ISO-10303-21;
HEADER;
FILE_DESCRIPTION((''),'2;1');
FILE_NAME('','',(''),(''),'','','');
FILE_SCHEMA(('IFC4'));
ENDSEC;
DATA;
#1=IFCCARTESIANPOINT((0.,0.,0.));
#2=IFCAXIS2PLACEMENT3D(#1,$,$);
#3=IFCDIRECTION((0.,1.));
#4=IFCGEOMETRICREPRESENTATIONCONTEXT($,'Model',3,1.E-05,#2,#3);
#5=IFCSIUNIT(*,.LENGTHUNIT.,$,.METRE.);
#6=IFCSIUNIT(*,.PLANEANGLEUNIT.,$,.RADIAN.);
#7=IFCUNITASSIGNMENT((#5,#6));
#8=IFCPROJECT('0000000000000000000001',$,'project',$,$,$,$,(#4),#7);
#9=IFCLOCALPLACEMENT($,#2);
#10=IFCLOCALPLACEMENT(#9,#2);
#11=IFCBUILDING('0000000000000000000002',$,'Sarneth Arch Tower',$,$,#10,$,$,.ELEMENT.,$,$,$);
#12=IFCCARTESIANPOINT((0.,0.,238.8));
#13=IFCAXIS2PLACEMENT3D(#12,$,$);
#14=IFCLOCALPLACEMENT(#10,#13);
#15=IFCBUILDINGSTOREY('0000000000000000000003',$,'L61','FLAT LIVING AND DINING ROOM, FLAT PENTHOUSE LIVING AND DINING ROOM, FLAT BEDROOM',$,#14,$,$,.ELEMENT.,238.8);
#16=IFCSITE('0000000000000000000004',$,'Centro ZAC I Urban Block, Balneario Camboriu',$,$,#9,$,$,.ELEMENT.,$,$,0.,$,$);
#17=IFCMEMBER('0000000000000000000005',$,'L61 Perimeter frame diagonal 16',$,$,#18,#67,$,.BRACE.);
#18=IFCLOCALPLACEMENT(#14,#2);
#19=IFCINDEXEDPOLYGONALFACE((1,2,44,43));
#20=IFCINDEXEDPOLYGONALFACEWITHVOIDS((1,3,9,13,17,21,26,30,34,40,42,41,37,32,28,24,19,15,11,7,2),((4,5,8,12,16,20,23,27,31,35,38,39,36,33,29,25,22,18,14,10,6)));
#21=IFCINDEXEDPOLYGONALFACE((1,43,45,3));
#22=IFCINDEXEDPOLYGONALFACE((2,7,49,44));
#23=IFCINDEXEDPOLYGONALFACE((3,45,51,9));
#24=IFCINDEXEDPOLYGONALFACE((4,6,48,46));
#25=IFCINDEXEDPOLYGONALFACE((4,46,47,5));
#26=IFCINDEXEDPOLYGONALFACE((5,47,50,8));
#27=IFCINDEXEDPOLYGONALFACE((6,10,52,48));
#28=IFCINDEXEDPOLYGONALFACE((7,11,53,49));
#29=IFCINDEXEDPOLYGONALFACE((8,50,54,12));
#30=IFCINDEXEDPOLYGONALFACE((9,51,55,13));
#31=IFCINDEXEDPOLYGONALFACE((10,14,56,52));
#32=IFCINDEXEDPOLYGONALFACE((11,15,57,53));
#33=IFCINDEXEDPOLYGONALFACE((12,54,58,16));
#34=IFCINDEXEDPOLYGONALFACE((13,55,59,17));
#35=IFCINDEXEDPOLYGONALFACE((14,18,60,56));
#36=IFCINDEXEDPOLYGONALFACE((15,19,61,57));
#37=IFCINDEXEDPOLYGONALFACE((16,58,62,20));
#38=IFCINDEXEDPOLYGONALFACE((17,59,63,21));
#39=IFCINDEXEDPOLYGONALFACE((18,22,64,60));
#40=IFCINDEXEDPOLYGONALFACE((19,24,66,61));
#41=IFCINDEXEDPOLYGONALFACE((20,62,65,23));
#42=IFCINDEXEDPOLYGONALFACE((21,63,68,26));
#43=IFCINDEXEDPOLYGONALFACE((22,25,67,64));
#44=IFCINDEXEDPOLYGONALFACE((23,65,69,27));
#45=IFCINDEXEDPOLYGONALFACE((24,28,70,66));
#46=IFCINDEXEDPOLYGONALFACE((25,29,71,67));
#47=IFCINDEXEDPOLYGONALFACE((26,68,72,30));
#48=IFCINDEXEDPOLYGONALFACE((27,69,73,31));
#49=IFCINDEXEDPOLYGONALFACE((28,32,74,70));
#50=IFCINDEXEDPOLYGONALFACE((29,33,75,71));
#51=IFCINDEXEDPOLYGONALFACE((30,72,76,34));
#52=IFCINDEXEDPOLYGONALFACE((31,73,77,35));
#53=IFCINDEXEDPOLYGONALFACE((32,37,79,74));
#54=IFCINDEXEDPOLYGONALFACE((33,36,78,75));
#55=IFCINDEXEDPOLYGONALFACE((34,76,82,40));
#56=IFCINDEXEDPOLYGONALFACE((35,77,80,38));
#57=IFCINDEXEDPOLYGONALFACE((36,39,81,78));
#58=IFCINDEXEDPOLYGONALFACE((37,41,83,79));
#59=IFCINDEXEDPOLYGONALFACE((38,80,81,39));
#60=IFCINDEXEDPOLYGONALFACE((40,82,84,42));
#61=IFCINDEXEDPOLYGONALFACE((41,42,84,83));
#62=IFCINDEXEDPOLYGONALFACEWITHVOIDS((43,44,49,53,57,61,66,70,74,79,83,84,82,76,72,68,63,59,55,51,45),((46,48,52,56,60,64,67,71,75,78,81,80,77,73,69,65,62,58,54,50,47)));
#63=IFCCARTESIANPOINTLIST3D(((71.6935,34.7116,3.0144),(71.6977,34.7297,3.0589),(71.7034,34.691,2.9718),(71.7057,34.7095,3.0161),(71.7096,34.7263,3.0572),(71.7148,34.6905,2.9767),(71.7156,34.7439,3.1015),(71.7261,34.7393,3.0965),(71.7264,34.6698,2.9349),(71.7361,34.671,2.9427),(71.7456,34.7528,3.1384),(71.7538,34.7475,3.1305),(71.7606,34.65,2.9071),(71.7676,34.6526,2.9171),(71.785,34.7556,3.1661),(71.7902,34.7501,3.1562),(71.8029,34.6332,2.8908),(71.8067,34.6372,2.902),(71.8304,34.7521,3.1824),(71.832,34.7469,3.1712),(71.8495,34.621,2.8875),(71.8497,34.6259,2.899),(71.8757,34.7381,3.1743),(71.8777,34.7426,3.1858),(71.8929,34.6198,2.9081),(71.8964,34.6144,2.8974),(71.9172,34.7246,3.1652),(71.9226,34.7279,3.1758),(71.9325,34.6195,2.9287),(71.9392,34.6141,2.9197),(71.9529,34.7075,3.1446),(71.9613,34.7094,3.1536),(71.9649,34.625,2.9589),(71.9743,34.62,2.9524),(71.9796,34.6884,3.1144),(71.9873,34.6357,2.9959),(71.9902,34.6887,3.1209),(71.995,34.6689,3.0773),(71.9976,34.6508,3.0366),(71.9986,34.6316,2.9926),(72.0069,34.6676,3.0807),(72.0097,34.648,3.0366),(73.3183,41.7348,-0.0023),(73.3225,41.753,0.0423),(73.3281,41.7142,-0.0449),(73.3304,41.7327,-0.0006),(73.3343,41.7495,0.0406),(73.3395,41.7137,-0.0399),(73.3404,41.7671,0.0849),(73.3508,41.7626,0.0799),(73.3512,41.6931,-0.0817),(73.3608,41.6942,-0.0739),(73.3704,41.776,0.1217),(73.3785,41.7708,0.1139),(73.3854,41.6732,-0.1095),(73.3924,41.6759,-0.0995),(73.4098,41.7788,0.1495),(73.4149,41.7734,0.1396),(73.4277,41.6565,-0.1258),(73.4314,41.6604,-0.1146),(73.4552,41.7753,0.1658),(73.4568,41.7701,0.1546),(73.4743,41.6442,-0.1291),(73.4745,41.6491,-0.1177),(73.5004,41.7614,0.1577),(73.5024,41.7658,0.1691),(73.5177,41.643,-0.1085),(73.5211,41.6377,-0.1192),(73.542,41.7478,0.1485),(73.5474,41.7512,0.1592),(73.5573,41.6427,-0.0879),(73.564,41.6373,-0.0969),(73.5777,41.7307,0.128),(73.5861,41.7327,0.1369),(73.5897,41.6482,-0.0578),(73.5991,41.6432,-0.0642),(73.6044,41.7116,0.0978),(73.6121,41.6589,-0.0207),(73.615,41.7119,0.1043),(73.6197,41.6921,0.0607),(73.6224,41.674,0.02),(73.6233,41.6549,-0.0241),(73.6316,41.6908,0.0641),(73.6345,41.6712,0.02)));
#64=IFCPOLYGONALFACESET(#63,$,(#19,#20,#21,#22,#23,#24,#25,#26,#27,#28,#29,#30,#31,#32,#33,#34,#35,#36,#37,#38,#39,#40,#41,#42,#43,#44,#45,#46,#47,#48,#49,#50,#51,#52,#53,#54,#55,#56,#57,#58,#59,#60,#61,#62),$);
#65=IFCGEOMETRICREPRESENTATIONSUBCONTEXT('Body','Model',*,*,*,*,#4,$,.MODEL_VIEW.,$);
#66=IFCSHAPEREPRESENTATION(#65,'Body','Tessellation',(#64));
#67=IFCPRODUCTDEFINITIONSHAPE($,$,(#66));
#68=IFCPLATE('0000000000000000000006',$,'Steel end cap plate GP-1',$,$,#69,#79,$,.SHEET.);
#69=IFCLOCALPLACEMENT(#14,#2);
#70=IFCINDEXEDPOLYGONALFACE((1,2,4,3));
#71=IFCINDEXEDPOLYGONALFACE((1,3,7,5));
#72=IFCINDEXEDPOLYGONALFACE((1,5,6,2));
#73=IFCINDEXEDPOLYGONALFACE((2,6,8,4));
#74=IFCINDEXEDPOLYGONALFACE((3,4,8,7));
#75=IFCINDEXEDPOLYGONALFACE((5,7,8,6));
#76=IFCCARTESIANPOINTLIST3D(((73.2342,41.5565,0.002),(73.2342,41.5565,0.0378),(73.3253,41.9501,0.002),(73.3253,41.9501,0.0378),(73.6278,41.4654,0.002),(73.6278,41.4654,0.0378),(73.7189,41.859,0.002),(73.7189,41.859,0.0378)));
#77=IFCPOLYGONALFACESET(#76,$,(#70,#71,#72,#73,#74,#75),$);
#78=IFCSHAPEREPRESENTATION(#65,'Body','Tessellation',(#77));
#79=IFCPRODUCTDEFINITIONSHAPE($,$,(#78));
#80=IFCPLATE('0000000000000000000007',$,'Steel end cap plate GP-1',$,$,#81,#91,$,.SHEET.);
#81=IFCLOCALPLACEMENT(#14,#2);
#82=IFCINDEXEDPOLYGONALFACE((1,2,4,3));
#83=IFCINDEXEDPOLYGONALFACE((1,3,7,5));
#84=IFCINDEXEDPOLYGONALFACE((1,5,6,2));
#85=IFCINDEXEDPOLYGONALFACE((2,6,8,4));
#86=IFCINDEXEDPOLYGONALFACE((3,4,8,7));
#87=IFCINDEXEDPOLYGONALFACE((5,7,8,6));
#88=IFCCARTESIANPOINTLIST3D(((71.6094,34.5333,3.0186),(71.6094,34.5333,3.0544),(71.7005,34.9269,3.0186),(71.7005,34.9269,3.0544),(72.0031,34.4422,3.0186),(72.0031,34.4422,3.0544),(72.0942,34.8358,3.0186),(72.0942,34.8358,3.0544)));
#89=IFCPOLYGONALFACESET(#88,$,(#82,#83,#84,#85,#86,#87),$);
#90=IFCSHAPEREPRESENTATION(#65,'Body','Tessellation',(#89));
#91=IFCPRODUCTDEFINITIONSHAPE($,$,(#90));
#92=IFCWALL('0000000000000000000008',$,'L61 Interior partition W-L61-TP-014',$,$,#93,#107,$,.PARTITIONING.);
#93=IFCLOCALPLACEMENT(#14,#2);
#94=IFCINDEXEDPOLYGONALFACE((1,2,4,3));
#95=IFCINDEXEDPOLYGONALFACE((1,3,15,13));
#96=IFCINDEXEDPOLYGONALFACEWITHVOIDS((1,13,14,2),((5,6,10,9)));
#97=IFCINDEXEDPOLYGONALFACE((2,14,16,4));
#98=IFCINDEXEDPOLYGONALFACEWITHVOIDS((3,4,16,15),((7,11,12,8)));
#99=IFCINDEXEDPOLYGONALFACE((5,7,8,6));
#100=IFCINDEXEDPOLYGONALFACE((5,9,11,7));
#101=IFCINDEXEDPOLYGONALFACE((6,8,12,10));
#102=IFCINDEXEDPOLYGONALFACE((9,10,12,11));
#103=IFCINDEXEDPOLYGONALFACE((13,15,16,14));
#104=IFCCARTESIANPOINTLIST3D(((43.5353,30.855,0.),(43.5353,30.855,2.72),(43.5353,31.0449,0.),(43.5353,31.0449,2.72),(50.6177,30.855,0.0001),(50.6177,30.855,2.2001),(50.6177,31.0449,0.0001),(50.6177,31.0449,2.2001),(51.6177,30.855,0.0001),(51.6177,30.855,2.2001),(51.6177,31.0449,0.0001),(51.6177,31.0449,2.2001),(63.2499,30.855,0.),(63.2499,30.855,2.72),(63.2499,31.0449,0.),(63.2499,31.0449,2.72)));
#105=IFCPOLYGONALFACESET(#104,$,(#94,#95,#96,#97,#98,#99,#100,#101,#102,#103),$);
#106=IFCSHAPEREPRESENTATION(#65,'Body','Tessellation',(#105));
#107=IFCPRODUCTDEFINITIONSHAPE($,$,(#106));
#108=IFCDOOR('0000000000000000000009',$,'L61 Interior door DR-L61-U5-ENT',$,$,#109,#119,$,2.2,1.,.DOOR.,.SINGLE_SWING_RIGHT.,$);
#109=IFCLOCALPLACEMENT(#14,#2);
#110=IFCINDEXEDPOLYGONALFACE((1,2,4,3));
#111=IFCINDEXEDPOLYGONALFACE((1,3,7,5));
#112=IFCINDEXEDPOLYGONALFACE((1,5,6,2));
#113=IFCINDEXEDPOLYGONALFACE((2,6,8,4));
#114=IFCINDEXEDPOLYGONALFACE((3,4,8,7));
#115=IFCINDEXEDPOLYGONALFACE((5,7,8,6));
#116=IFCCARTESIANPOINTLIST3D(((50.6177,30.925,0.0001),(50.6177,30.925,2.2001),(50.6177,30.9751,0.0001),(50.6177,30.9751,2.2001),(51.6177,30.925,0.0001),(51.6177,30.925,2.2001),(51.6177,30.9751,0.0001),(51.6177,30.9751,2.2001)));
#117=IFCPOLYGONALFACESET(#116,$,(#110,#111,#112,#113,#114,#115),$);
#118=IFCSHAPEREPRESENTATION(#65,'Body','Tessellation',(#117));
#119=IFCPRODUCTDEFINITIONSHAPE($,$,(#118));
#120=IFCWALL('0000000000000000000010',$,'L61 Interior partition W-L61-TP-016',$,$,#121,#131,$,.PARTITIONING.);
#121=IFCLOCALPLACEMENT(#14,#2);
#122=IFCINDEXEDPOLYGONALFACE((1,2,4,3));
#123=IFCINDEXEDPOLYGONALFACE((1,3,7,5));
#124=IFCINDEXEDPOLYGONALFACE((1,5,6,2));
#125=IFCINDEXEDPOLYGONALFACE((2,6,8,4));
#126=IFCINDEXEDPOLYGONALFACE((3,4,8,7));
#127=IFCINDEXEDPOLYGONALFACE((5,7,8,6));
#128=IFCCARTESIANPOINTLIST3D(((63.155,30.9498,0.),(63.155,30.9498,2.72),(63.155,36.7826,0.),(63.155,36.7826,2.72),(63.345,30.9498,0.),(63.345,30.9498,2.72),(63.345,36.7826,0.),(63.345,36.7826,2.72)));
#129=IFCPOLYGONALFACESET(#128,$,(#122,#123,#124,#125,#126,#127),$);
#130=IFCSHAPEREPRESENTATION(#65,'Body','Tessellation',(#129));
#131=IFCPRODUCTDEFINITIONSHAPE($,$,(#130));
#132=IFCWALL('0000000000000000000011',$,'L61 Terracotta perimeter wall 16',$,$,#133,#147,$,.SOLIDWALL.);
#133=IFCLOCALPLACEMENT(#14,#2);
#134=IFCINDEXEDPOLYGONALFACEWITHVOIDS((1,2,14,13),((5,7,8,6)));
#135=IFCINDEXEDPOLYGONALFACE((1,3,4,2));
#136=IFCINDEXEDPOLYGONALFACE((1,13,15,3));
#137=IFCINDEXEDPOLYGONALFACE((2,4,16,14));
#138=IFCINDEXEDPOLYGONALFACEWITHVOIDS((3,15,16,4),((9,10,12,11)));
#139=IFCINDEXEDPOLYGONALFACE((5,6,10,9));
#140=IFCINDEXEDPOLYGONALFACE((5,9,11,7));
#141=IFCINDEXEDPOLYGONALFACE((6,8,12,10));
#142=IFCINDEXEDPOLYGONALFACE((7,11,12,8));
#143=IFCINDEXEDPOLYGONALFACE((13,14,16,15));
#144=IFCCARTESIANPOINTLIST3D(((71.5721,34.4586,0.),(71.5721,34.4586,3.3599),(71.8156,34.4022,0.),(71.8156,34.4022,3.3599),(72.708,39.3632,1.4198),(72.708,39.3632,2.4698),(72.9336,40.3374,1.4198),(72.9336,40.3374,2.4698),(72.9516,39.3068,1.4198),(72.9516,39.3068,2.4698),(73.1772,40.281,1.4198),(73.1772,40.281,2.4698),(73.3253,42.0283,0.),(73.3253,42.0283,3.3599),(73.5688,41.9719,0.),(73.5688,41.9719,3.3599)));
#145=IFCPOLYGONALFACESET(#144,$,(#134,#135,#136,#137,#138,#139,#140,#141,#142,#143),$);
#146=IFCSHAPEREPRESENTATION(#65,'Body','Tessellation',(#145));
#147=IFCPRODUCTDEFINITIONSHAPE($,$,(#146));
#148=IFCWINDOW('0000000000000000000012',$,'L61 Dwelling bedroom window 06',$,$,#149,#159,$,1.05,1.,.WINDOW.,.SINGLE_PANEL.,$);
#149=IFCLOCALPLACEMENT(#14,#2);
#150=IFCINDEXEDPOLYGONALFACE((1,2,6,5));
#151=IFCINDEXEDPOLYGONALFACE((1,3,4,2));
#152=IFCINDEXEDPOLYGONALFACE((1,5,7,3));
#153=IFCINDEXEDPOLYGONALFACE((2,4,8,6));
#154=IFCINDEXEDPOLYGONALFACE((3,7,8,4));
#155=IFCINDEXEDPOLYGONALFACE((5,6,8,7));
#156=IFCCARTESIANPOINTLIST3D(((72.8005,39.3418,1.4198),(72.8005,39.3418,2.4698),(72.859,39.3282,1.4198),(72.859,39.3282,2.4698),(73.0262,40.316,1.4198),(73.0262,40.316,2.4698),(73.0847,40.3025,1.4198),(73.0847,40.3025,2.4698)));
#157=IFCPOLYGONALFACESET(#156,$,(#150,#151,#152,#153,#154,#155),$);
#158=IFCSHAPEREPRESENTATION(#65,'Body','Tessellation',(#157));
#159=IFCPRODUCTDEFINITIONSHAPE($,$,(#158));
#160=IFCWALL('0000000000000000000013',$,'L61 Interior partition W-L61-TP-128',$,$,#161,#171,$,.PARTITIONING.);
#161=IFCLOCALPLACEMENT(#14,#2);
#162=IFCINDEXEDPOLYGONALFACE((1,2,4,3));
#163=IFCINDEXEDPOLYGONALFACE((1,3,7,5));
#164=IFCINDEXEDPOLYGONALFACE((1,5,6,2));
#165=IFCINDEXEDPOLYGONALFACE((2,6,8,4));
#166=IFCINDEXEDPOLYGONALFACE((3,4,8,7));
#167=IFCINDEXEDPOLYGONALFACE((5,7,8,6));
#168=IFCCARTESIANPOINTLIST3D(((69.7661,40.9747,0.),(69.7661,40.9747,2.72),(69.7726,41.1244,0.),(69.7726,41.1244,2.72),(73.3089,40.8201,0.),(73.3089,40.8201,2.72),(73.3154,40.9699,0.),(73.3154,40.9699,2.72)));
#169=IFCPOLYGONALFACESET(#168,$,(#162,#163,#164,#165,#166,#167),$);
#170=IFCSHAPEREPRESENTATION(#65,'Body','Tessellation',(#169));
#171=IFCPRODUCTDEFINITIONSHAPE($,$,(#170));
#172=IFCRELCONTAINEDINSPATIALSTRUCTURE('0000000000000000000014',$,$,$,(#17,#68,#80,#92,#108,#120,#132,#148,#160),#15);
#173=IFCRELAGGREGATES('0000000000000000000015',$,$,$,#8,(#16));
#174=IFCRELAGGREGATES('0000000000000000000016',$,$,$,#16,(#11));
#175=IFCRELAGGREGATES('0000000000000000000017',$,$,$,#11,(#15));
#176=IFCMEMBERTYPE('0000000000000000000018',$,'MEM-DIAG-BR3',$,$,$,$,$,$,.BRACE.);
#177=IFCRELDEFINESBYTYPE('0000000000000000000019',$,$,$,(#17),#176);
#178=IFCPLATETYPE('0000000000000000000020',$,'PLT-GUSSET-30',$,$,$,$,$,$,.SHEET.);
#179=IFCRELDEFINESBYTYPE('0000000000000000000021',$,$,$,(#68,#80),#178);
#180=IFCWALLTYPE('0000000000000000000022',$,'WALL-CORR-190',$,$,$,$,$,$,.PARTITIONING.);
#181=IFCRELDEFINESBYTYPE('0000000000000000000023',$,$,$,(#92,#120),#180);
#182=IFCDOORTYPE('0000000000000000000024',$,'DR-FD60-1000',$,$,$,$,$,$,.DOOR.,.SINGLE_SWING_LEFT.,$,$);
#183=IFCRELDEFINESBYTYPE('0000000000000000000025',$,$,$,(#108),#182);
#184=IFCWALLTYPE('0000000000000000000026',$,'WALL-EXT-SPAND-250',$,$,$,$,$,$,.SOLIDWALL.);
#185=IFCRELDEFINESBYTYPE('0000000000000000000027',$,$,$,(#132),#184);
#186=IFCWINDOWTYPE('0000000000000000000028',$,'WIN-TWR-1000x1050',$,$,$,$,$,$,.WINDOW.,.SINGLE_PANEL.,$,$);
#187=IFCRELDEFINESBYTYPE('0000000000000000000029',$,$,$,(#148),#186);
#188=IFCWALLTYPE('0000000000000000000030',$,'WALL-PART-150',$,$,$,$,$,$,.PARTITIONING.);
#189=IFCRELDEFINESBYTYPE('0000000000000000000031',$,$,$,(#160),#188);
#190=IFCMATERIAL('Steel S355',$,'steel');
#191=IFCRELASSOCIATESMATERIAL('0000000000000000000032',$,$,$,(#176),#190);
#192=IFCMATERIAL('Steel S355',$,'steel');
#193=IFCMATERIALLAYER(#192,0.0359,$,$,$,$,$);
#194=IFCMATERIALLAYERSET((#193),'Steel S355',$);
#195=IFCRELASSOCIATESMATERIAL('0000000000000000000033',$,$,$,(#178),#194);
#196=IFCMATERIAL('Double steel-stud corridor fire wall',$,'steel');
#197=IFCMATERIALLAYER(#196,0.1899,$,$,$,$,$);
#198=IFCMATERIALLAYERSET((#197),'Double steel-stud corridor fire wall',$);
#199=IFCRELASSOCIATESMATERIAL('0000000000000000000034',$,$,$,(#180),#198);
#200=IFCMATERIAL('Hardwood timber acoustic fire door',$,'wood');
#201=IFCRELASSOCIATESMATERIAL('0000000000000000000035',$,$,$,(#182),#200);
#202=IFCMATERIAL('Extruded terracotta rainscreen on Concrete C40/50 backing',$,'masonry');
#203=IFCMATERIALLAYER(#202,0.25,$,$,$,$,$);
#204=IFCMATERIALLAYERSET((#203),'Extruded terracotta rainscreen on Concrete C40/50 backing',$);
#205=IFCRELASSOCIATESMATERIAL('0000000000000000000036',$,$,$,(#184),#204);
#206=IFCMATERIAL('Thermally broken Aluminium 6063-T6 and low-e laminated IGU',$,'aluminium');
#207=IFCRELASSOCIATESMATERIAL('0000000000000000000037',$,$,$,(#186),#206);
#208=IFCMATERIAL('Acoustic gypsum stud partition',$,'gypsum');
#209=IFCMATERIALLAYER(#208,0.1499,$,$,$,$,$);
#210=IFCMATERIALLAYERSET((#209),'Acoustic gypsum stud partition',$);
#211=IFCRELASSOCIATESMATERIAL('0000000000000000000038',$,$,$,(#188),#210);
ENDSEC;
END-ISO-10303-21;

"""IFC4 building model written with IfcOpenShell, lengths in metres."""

from ifc_helpers import new_model, si_unit, direction, frame, frame_2d, origin, origin_2d, place, context, subcontext, project, spatial, rectangle, hollow_circle, extrude, material, layer, layer_set, material_profile, profile_set, type_object, element, fill, save


model = new_model("IFC4")

# Units and contexts
model_context = context("Model", 3, precision=1e-05, world=origin(), true_north=direction((0.0, 1.0)))
body_context = subcontext(model_context, "Body", "Model", "MODEL_VIEW")
ifc_project = project(units=[si_unit("LENGTHUNIT", "METRE"), si_unit("PLANEANGLEUNIT", "RADIAN")], contexts=[model_context])

# Site, building, storey
site_placement = place(None, origin())
site = spatial("IfcSite", under=ifc_project, at=site_placement, Name="Centro ZAC I Urban Block, Balneario Camboriu", CompositionType="ELEMENT", RefElevation=0.0)
building_placement = place(site_placement, origin())
building = spatial("IfcBuilding", under=site, at=building_placement, Name="Sarneth Arch Tower", CompositionType="ELEMENT")
storey_placement = place(building_placement, frame((0.0, 0.0, 238.8)))
storey = spatial("IfcBuildingStorey", under=building, at=storey_placement, Name="L61", Description="FLAT LIVING AND DINING ROOM, FLAT PENTHOUSE LIVING AND DINING ROOM, FLAT BEDROOM", CompositionType="ELEMENT", Elevation=238.8)

# Member
ifc_material_1 = material(Name="Steel S355", Category="steel")
ifc_material_profile_1 = material_profile(ifc_material_1, hollow_circle(Radius=0.1621, WallThickness=0.0125, at=origin_2d()), Name="CHS324x12.5")
ifc_profile_set_1 = profile_set([ifc_material_profile_1], Name="Steel S355")
member_type_1 = type_object("IfcMemberType", Name="MEM-DIAG-BR3", PredefinedType="BRACE", material=ifc_profile_set_1)
member_1_placement = place(storey_placement, frame((73.4766, 41.7078, 0.02), z_axis=(-0.207918, -0.898749, 0.386031), x_axis=(0.974269, -0.225389, 0.0)))
element("IfcMember", 1, at=member_1_placement, inside=storey, type_object=member_type_1, Name="L61 Perimeter frame diagonal 16", PredefinedType="BRACE", context=body_context, shape_type="SweptSolid", body=[
    extrude(hollow_circle(Radius=0.1621, WallThickness=0.0125, at=origin_2d()), origin(), (0.0, 0.0, 1.0), 7.8145),
])

# Plates
ifc_material_2 = material(Name="Steel S355", Category="steel")
ifc_layer_1 = layer(ifc_material_2, 0.0359)
ifc_layer_set_1 = layer_set([ifc_layer_1], Name="Steel S355")
plate_type = type_object("IfcPlateType", Name="PLT-GUSSET-30", PredefinedType="SHEET", material=ifc_layer_set_1)
for number, where, z_axis, x_axis, name in (
    (2, (73.4766, 41.7078, 0.002), (0.0, 0.0, 1.0), (0.225461, 0.974252, 0.0), "Steel end cap plate GP-1"),
    (3, (71.8518, 34.6846, 3.0186), (0.0, 0.0, 1.0), (0.225461, 0.974252, 0.0), "Steel end cap plate GP-1"),
):
    element("IfcPlate", number, at=place(storey_placement, frame(where, z_axis=z_axis, x_axis=x_axis)), inside=storey, type_object=plate_type, Name=name, PredefinedType="SHEET", context=body_context, shape_type="SweptSolid", body=[
        extrude(rectangle(XDim=0.4041, YDim=0.4041, at=origin_2d()), origin(), (0.0, 0.0, 1.0), 0.0359),
    ])

# Wall, opening, door
ifc_material_3 = material(Name="Double steel-stud corridor fire wall", Category="steel")
ifc_layer_2 = layer(ifc_material_3, 0.1899)
ifc_layer_set_2 = layer_set([ifc_layer_2], Name="Double steel-stud corridor fire wall")
wall_type_1 = type_object("IfcWallType", Name="WALL-CORR-190", PredefinedType="PARTITIONING", material=ifc_layer_set_2)
wall_1_placement = place(storey_placement, frame((63.25, 30.95, 0.0), z_axis=(0.0, 0.0, 1.0), x_axis=(-1.0, 0.0, 0.0)))
wall_1 = element("IfcWall", 4, at=wall_1_placement, inside=storey, type_object=wall_type_1, Name="L61 Interior partition W-L61-TP-014", PredefinedType="PARTITIONING", context=body_context, shape_type="SweptSolid", body=[
    extrude(rectangle(XDim=19.7146, YDim=0.1899, at=frame_2d((9.8574, 0.0))), origin(), (0.0, 0.0, 1.0), 2.72),
])
opening_1_placement = place(wall_1_placement, frame((11.6323, 0.0, 0.0)))
opening_1 = element("IfcOpeningElement", 5, at=opening_1_placement, cuts=wall_1, PredefinedType="OPENING", context=body_context, shape_type="SweptSolid", body=[
    extrude(rectangle(XDim=1.0, YDim=2.2, at=frame_2d((0.5, 1.1001))), frame((0.0, 0.105, 0.0), z_axis=(0.0, -1.0, 0.0), x_axis=(1.0, 0.0, 0.0)), (0.0, 0.0, 1.0), 0.21),
])
ifc_material_4 = material(Name="Hardwood timber acoustic fire door", Category="wood")
door_type_1 = type_object("IfcDoorType", Name="DR-FD60-1000", OperationType="SINGLE_SWING_LEFT", PredefinedType="DOOR", material=ifc_material_4)
door_1_placement = place(opening_1_placement, origin())
door_1 = element("IfcDoor", 6, at=door_1_placement, inside=storey, type_object=door_type_1, Name="L61 Interior door DR-L61-U5-ENT", OperationType="SINGLE_SWING_RIGHT", OverallHeight=2.2, OverallWidth=1.0, PredefinedType="DOOR", context=body_context, shape_type="SweptSolid", body=[
    extrude(rectangle(XDim=1.0, YDim=2.2, at=frame_2d((0.5, 1.1001))), frame((0.0, 0.0249, 0.0), z_axis=(0.0, -1.0, 0.0), x_axis=(1.0, 0.0, 0.0)), (0.0, 0.0, 1.0), 0.05),
])
fill(opening_1, door_1)

# Wall
wall_2_placement = place(storey_placement, frame((63.25, 36.7827, 0.0), z_axis=(0.0, 0.0, 1.0), x_axis=(0.0, -1.0, 0.0)))
element("IfcWall", 7, at=wall_2_placement, inside=storey, type_object=wall_type_1, Name="L61 Interior partition W-L61-TP-016", PredefinedType="PARTITIONING", context=body_context, shape_type="SweptSolid", body=[
    extrude(rectangle(XDim=5.8328, YDim=0.1899, at=frame_2d((2.9165, 0.0))), origin(), (0.0, 0.0, 1.0), 2.72),
])

# Wall, opening, window
ifc_material_5 = material(Name="Extruded terracotta rainscreen on Concrete C40/50 backing", Category="masonry")
ifc_layer_3 = layer(ifc_material_5, 0.25)
ifc_layer_set_3 = layer_set([ifc_layer_3], Name="Extruded terracotta rainscreen on Concrete C40/50 backing")
wall_type_2 = type_object("IfcWallType", Name="WALL-EXT-SPAND-250", PredefinedType="SOLIDWALL", material=ifc_layer_set_3)
wall_3_placement = place(storey_placement, frame((71.6938, 34.4304, 0.0), z_axis=(0.0, 0.0, 1.0), x_axis=(0.225635, 0.974212, 0.0)))
wall_3 = element("IfcWall", 8, at=wall_3_placement, inside=storey, type_object=wall_type_2, Name="L61 Terracotta perimeter wall 16", PredefinedType="SOLIDWALL", context=body_context, shape_type="SweptSolid", body=[
    extrude(rectangle(XDim=7.77, YDim=0.25, at=frame_2d((3.885, 0.0))), origin(), (0.0, 0.0, 1.0), 3.3599),
])
opening_2_placement = place(wall_3_placement, frame((5.0344, 0.0, 1.4199)))
opening_2 = element("IfcOpeningElement", 9, at=opening_2_placement, cuts=wall_3, PredefinedType="OPENING", context=body_context, shape_type="SweptSolid", body=[
    extrude(rectangle(XDim=1.0, YDim=1.05, at=frame_2d((0.5, 0.5249))), frame((0.0, 0.135, 0.0), z_axis=(0.0, -1.0, 0.0), x_axis=(1.0, 0.0, 0.0)), (0.0, 0.0, 1.0), 0.27),
])
ifc_material_6 = material(Name="Thermally broken Aluminium 6063-T6 and low-e laminated IGU", Category="aluminium")
window_type = type_object("IfcWindowType", Name="WIN-TWR-1000x1050", PartitioningType="SINGLE_PANEL", PredefinedType="WINDOW", material=ifc_material_6)
window_placement = place(opening_2_placement, origin())
window = element("IfcWindow", 10, at=window_placement, inside=storey, type_object=window_type, Name="L61 Dwelling bedroom window 06", OverallHeight=1.05, OverallWidth=1.0, PartitioningType="SINGLE_PANEL", PredefinedType="WINDOW", context=body_context, shape_type="SweptSolid", body=[
    extrude(rectangle(XDim=1.0, YDim=1.05, at=frame_2d((0.5, 0.5249))), frame((0.0, 0.03, 0.0), z_axis=(0.0, -1.0, 0.0), x_axis=(1.0, 0.0, 0.0)), (0.0, 0.0, 1.0), 0.0601),
])
fill(opening_2, window)

# Wall
ifc_material_7 = material(Name="Acoustic gypsum stud partition", Category="gypsum")
ifc_layer_4 = layer(ifc_material_7, 0.1499)
ifc_layer_set_4 = layer_set([ifc_layer_4], Name="Acoustic gypsum stud partition")
wall_type_3 = type_object("IfcWallType", Name="WALL-PART-150", PredefinedType="PARTITIONING", material=ifc_layer_set_4)
wall_4_placement = place(storey_placement, frame((73.312, 40.895, 0.0), z_axis=(0.0, 0.0, 1.0), x_axis=(-0.99905, 0.043581, 0.0)))
element("IfcWall", 11, at=wall_4_placement, inside=storey, type_object=wall_type_3, Name="L61 Interior partition W-L61-TP-128", PredefinedType="PARTITIONING", context=body_context, shape_type="SweptSolid", body=[
    extrude(rectangle(XDim=3.5461, YDim=0.1499, at=frame_2d((1.7729, 0.0))), origin(), (0.0, 0.0, 1.0), 2.72),
])

save(model, "model.ifc")
